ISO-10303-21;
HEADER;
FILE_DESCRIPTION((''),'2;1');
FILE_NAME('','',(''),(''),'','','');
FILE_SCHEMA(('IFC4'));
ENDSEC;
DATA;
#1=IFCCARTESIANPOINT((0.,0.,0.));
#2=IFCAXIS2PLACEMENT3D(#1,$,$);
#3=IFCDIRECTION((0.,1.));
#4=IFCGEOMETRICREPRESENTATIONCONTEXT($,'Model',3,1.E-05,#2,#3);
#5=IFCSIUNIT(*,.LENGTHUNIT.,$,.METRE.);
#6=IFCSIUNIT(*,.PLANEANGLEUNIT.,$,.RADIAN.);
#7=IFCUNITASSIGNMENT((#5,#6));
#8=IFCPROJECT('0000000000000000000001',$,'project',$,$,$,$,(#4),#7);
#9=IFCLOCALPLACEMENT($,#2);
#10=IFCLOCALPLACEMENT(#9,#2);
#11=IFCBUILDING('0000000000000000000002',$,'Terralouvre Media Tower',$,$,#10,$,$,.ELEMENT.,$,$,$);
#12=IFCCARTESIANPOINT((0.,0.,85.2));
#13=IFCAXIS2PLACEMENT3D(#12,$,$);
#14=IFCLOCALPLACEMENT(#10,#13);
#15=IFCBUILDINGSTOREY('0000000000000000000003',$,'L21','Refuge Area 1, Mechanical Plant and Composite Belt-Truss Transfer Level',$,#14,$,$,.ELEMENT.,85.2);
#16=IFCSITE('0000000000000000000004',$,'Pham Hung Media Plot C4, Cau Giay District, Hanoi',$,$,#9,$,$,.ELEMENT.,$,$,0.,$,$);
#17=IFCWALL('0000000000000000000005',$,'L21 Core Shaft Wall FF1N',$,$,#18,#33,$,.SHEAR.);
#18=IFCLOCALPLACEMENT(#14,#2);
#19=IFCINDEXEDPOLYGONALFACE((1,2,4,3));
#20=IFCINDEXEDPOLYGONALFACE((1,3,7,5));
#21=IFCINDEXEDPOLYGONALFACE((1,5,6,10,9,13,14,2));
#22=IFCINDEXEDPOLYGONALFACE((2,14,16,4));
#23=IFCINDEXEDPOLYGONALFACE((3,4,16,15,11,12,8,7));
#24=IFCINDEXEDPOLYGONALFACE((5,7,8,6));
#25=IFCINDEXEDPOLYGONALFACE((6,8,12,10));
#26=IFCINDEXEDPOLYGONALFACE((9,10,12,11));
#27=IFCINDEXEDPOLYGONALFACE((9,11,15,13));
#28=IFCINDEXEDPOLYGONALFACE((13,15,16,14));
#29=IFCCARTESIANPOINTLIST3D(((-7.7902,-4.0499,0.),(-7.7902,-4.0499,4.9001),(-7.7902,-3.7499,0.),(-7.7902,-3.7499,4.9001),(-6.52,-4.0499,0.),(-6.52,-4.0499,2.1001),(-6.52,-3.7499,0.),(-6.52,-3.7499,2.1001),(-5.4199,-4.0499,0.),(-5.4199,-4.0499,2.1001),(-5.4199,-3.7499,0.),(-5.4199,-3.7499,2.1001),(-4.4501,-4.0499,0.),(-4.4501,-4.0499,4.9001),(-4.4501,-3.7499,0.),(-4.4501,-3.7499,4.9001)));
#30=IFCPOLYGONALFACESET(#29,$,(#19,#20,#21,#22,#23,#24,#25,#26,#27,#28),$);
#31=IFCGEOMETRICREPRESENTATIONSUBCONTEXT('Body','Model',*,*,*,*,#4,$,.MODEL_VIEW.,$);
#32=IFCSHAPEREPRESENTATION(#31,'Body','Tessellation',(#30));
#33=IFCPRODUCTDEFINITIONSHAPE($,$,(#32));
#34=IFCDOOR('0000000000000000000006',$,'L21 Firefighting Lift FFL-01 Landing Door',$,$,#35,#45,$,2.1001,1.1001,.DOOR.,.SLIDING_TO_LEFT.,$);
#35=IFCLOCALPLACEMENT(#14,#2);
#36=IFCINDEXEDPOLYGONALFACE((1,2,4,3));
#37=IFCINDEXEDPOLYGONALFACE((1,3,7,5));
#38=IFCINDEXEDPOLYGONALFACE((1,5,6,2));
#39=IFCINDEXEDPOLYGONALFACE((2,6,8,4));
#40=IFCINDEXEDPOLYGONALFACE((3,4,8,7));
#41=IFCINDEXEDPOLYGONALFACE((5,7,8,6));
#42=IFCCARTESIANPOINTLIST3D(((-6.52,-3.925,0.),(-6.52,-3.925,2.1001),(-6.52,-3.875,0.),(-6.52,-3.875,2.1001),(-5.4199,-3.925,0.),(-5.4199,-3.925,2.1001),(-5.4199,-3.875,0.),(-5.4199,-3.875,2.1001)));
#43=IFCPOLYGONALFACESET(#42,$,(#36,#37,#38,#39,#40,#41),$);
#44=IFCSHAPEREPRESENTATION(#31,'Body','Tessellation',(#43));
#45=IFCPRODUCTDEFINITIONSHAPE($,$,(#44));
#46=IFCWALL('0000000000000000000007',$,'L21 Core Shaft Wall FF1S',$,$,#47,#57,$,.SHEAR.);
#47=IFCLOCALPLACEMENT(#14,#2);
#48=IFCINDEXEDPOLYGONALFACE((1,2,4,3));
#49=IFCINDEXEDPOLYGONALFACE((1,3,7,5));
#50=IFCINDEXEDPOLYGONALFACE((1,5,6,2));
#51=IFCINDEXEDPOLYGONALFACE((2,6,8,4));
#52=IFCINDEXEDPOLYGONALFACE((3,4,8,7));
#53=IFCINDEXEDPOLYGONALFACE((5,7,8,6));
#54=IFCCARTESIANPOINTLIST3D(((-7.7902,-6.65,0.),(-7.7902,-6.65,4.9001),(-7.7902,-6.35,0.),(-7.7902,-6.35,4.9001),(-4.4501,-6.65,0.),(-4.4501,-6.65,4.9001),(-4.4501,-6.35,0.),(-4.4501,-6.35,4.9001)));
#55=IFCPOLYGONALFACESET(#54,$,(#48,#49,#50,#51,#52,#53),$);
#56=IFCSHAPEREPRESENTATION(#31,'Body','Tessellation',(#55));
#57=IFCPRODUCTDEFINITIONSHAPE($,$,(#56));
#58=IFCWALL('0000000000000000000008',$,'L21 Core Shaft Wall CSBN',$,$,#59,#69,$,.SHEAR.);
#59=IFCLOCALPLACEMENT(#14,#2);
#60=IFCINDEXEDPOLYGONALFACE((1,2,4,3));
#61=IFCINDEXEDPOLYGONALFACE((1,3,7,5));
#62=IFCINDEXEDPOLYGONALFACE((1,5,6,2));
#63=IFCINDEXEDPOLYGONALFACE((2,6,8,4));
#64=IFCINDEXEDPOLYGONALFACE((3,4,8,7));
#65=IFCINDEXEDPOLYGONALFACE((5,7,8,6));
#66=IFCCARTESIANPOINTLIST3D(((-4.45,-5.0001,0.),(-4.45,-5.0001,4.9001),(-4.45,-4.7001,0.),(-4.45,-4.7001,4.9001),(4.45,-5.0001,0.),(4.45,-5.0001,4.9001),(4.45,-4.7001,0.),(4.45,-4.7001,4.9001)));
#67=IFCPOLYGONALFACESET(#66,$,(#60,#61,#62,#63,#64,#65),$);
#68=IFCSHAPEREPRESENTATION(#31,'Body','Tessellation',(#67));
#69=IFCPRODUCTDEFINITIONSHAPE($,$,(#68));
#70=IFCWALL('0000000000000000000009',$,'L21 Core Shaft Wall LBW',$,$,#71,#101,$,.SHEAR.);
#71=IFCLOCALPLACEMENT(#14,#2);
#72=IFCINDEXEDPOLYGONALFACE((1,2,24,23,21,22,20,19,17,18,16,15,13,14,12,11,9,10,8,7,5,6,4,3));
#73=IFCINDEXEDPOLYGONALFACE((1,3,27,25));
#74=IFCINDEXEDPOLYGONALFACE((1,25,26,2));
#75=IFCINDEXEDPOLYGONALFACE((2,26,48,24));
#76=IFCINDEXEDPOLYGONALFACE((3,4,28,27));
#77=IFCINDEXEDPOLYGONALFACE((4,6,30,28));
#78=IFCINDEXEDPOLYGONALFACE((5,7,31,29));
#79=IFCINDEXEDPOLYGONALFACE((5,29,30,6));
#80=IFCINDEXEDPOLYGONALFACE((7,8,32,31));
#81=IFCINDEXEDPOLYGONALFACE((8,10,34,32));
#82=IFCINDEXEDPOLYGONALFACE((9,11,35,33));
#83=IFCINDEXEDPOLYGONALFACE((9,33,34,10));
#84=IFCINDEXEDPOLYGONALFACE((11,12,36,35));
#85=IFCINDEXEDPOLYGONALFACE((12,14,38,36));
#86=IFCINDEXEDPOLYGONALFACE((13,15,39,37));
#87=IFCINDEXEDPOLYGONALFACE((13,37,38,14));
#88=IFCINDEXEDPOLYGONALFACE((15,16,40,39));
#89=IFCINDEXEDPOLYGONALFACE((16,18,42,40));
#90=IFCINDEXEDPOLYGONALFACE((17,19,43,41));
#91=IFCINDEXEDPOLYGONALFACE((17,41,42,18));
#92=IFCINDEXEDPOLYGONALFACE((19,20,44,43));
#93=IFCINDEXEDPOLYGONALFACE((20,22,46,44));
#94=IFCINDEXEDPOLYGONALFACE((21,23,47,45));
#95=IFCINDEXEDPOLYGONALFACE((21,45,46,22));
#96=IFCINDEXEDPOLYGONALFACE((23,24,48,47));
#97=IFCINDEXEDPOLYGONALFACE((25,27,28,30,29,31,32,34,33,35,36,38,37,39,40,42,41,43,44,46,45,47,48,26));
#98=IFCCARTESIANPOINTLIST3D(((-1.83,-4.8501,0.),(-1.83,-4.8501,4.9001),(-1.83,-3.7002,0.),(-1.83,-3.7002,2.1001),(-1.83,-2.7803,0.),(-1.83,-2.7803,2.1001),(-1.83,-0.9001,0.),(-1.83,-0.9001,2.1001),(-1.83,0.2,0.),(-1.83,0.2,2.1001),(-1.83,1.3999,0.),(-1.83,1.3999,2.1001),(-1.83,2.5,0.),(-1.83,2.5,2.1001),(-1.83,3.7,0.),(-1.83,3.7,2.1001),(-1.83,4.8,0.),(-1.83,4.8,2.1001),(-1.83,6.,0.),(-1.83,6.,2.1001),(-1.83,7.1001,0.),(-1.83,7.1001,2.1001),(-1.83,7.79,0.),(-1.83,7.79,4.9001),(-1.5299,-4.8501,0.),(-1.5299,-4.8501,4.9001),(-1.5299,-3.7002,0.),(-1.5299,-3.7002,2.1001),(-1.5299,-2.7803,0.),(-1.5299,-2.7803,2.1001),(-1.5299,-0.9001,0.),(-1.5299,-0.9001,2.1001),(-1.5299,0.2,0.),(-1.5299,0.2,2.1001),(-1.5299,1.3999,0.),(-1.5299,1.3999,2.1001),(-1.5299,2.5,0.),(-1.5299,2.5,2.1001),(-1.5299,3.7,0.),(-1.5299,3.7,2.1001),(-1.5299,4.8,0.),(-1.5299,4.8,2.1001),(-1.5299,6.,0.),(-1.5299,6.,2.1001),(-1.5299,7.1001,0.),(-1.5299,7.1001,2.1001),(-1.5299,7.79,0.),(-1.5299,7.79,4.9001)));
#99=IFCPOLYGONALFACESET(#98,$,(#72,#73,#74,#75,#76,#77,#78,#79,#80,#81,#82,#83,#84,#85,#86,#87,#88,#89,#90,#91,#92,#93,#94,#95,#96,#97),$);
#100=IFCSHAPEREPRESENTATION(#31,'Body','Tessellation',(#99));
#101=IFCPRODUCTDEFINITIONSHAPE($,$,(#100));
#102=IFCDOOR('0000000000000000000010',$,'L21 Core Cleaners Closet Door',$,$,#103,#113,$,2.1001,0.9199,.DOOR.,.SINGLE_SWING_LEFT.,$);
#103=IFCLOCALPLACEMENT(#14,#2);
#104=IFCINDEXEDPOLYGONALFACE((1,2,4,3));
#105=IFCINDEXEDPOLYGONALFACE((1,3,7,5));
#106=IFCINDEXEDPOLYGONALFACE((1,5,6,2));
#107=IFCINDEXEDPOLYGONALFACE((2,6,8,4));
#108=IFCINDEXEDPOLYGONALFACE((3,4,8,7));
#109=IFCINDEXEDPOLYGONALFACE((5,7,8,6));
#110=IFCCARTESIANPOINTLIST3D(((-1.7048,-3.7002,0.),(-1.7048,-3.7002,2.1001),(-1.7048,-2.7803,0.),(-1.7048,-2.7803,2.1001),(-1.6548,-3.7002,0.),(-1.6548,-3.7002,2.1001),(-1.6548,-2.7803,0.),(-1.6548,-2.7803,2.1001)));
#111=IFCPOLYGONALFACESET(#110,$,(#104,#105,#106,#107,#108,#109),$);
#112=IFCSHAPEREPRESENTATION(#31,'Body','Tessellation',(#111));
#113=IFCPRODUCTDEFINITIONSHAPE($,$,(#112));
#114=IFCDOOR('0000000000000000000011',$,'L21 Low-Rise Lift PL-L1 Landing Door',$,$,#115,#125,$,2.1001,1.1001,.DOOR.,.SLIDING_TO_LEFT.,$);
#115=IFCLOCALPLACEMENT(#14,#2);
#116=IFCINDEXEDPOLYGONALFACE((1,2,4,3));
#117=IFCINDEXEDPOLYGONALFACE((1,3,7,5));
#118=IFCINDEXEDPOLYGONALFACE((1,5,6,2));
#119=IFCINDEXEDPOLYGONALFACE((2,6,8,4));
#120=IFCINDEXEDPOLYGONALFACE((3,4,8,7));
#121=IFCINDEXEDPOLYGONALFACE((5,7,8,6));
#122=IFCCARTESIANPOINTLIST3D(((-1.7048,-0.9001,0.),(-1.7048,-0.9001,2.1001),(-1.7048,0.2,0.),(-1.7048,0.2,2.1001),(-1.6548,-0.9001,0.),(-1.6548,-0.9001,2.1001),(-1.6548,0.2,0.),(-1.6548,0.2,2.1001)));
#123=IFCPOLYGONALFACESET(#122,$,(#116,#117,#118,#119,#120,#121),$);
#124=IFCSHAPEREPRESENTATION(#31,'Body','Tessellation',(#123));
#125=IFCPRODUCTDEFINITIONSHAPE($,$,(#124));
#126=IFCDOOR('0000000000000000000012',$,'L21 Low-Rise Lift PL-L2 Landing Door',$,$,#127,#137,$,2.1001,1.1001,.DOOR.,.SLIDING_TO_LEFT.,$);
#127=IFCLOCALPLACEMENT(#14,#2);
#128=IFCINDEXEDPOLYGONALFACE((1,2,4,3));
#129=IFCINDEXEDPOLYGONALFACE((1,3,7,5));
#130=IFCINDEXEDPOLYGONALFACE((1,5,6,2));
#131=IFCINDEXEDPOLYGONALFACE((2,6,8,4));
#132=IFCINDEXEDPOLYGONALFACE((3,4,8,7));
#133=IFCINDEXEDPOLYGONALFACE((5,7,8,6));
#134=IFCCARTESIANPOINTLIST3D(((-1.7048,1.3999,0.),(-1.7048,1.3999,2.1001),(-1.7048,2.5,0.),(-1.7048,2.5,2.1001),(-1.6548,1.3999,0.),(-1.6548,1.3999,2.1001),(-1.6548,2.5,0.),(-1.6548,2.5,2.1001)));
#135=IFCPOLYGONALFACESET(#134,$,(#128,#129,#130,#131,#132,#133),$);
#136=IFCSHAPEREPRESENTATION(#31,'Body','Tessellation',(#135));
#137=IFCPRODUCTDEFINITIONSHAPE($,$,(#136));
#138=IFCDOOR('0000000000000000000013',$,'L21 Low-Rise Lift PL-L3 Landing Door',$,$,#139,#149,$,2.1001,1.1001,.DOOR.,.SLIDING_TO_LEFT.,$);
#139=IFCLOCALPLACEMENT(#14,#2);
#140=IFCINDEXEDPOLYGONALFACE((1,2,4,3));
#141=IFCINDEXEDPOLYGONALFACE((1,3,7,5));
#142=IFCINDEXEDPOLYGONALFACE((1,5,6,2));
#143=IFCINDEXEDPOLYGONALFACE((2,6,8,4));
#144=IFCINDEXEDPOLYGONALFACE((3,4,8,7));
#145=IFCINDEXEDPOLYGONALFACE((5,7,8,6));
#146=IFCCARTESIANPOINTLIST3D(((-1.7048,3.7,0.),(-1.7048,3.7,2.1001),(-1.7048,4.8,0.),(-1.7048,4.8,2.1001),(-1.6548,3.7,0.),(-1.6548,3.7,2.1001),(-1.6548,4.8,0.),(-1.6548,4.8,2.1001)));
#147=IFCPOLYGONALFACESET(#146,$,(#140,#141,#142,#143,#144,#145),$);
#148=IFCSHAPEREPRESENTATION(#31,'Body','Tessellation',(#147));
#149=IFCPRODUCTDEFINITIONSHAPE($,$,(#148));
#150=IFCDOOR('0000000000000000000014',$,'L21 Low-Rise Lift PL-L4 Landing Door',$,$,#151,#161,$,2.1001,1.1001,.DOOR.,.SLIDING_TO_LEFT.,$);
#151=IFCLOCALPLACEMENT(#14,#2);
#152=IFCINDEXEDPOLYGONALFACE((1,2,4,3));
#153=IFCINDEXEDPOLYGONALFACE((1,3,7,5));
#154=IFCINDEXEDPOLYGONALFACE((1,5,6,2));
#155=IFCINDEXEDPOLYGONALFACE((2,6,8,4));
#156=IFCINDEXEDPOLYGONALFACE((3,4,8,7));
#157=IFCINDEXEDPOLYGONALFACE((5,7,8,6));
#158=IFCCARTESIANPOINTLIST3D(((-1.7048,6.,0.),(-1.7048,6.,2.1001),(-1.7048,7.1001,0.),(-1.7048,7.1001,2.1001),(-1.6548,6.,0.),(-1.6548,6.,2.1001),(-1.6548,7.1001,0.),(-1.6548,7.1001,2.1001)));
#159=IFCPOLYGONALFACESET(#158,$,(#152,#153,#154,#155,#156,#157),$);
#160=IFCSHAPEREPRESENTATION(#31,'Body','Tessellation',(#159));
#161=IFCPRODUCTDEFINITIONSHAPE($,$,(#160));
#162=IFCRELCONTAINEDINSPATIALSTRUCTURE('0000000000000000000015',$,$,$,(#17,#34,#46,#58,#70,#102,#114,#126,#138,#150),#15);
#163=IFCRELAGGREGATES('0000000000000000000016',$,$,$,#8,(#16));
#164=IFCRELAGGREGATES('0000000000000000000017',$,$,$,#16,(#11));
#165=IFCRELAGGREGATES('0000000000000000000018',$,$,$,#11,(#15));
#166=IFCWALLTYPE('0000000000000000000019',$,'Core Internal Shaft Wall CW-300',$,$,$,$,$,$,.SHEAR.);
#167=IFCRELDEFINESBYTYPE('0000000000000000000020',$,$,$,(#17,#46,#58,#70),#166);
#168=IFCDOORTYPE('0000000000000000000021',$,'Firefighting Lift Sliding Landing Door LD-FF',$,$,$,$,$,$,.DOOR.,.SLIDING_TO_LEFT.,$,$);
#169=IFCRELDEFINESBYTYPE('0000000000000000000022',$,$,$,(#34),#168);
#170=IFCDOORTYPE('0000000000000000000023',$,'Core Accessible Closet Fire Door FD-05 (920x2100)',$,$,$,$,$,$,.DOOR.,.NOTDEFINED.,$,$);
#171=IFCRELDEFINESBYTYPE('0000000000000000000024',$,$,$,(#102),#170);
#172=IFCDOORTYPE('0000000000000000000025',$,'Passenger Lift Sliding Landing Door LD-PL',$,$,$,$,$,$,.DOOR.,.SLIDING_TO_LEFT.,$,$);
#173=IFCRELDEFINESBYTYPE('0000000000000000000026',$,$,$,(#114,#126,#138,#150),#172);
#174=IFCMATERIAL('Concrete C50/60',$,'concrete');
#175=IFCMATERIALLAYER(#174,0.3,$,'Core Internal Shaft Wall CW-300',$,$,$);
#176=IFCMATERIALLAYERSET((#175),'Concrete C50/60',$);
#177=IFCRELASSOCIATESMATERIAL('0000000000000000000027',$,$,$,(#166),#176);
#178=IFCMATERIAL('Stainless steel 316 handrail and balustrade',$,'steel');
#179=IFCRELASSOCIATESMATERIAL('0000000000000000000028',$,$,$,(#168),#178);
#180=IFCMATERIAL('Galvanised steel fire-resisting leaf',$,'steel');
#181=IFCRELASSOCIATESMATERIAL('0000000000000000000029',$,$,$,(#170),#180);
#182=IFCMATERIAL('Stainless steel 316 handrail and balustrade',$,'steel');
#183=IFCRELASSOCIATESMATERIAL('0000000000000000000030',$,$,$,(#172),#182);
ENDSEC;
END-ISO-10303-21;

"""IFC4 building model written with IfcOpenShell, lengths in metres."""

from ifc_helpers import new_model, si_unit, direction, frame, frame_2d, origin, place, context, subcontext, project, spatial, rectangle, extrude, material, layer, layer_set, type_object, element, fill, save


model = new_model("IFC4")

# Units and contexts
model_context = context("Model", 3, precision=1e-05, world=origin(), true_north=direction((0.0, 1.0)))
body_context = subcontext(model_context, "Body", "Model", "MODEL_VIEW")
ifc_project = project(units=[si_unit("LENGTHUNIT", "METRE"), si_unit("PLANEANGLEUNIT", "RADIAN")], contexts=[model_context])

# Site, building, storey
site_placement = place(None, origin())
site = spatial("IfcSite", under=ifc_project, at=site_placement, Name="Pham Hung Media Plot C4, Cau Giay District, Hanoi", CompositionType="ELEMENT", RefElevation=0.0)
building_placement = place(site_placement, origin())
building = spatial("IfcBuilding", under=site, at=building_placement, Name="Terralouvre Media Tower", CompositionType="ELEMENT")
storey_placement = place(building_placement, frame((0.0, 0.0, 85.2)))
storey = spatial("IfcBuildingStorey", under=building, at=storey_placement, Name="L21", Description="Refuge Area 1, Mechanical Plant and Composite Belt-Truss Transfer Level", CompositionType="ELEMENT", Elevation=85.2)

# Shared definitions
ifc_material_1 = material(Name="Concrete C50/60", Category="concrete")
ifc_layer_1 = layer(ifc_material_1, 0.3, Name="Core Internal Shaft Wall CW-300")
ifc_layer_set_1 = layer_set([ifc_layer_1], Name="Concrete C50/60")
wall_type_1 = type_object("IfcWallType", Name="Core Internal Shaft Wall CW-300", PredefinedType="SHEAR", material=ifc_layer_set_1)

# Wall, opening, door
wall_1_placement = place(storey_placement, frame((-7.79, -3.8999, 0.0), z_axis=(0.0, 0.0, 1.0), x_axis=(1.0, 0.0, 0.0)))
wall_1 = element("IfcWall", 1, at=wall_1_placement, inside=storey, type_object=wall_type_1, Name="L21 Core Shaft Wall FF1N", PredefinedType="SHEAR", context=body_context, shape_type="SweptSolid", body=[
    extrude(rectangle(XDim=3.3401, YDim=0.3, at=frame_2d((1.6699, 0.0))), origin(), (0.0, 0.0, 1.0), 4.9001),
])
opening_1_placement = place(wall_1_placement, frame((1.27, 0.0, 0.0)))
opening_1 = element("IfcOpeningElement", 2, at=opening_1_placement, cuts=wall_1, PredefinedType="OPENING", context=body_context, shape_type="SweptSolid", body=[
    extrude(rectangle(XDim=1.1001, YDim=2.1001, at=frame_2d((0.55, 1.05))), frame((0.0, 0.1599, 0.0), z_axis=(0.0, -1.0, 0.0), x_axis=(1.0, 0.0, 0.0)), (0.0, 0.0, 1.0), 0.3201),
])
ifc_material_2 = material(Name="Stainless steel 316 handrail and balustrade", Category="steel")
door_type_1 = type_object("IfcDoorType", Name="Firefighting Lift Sliding Landing Door LD-FF", OperationType="SLIDING_TO_LEFT", PredefinedType="DOOR", material=ifc_material_2)
door_1_placement = place(opening_1_placement, origin())
door_1 = element("IfcDoor", 3, at=door_1_placement, inside=storey, type_object=door_type_1, Name="L21 Firefighting Lift FFL-01 Landing Door", OperationType="SLIDING_TO_LEFT", OverallHeight=2.1001, OverallWidth=1.1001, PredefinedType="DOOR", context=body_context, shape_type="SweptSolid", body=[
    extrude(rectangle(XDim=1.1001, YDim=2.1001, at=frame_2d((0.55, 1.05))), frame((0.0, 0.0249, 0.0), z_axis=(0.0, -1.0, 0.0), x_axis=(1.0, 0.0, 0.0)), (0.0, 0.0, 1.0), 0.05),
])
fill(opening_1, door_1)

# Walls
wall_2_placement = place(storey_placement, frame((-7.79, -6.5, 0.0), z_axis=(0.0, 0.0, 1.0), x_axis=(1.0, 0.0, 0.0)))
element("IfcWall", 4, at=wall_2_placement, inside=storey, type_object=wall_type_1, Name="L21 Core Shaft Wall FF1S", PredefinedType="SHEAR", context=body_context, shape_type="SweptSolid", body=[
    extrude(rectangle(XDim=3.3401, YDim=0.3, at=frame_2d((1.6699, 0.0))), origin(), (0.0, 0.0, 1.0), 4.9001),
])
wall_3_placement = place(storey_placement, frame((-4.45, -4.8501, 0.0), z_axis=(0.0, 0.0, 1.0), x_axis=(1.0, 0.0, 0.0)))
element("IfcWall", 5, at=wall_3_placement, inside=storey, type_object=wall_type_1, Name="L21 Core Shaft Wall CSBN", PredefinedType="SHEAR", context=body_context, shape_type="SweptSolid", body=[
    extrude(rectangle(XDim=8.8999, YDim=0.3, at=frame_2d((4.45, 0.0))), origin(), (0.0, 0.0, 1.0), 4.9001),
])

# Wall, openings, doors
wall_4_placement = place(storey_placement, frame((-1.6799, -4.8501, 0.0), z_axis=(0.0, 0.0, 1.0), x_axis=(0.0, 1.0, 0.0)))
wall_4 = element("IfcWall", 6, at=wall_4_placement, inside=storey, type_object=wall_type_1, Name="L21 Core Shaft Wall LBW", PredefinedType="SHEAR", context=body_context, shape_type="SweptSolid", body=[
    extrude(rectangle(XDim=12.6401, YDim=0.3, at=frame_2d((6.3201, 0.0))), origin(), (0.0, 0.0, 1.0), 4.9001),
])
opening_2_placement = place(wall_4_placement, frame((3.95, 0.0, 0.0)))
opening_2 = element("IfcOpeningElement", 7, at=opening_2_placement, cuts=wall_4, PredefinedType="OPENING", context=body_context, shape_type="SweptSolid", body=[
    extrude(rectangle(XDim=1.1001, YDim=2.1001, at=frame_2d((0.55, 1.05))), frame((0.0, 0.1599, 0.0), z_axis=(0.0, -1.0, 0.0), x_axis=(1.0, 0.0, 0.0)), (0.0, 0.0, 1.0), 0.3201),
])
opening_3_placement = place(wall_4_placement, frame((6.25, 0.0, 0.0)))
opening_3 = element("IfcOpeningElement", 8, at=opening_3_placement, cuts=wall_4, PredefinedType="OPENING", context=body_context, shape_type="SweptSolid", body=[
    extrude(rectangle(XDim=1.1001, YDim=2.1001, at=frame_2d((0.55, 1.05))), frame((0.0, 0.1599, 0.0), z_axis=(0.0, -1.0, 0.0), x_axis=(1.0, 0.0, 0.0)), (0.0, 0.0, 1.0), 0.3201),
])
opening_4_placement = place(wall_4_placement, frame((8.55, 0.0, 0.0)))
opening_4 = element("IfcOpeningElement", 9, at=opening_4_placement, cuts=wall_4, PredefinedType="OPENING", context=body_context, shape_type="SweptSolid", body=[
    extrude(rectangle(XDim=1.1001, YDim=2.1001, at=frame_2d((0.55, 1.05))), frame((0.0, 0.1599, 0.0), z_axis=(0.0, -1.0, 0.0), x_axis=(1.0, 0.0, 0.0)), (0.0, 0.0, 1.0), 0.3201),
])
opening_5_placement = place(wall_4_placement, frame((10.8501, 0.0, 0.0)))
opening_5 = element("IfcOpeningElement", 10, at=opening_5_placement, cuts=wall_4, PredefinedType="OPENING", context=body_context, shape_type="SweptSolid", body=[
    extrude(rectangle(XDim=1.1001, YDim=2.1001, at=frame_2d((0.55, 1.05))), frame((0.0, 0.1599, 0.0), z_axis=(0.0, -1.0, 0.0), x_axis=(1.0, 0.0, 0.0)), (0.0, 0.0, 1.0), 0.3201),
])
opening_6_placement = place(wall_4_placement, frame((1.1499, 0.0, 0.0)))
opening_6 = element("IfcOpeningElement", 11, at=opening_6_placement, cuts=wall_4, PredefinedType="OPENING", context=body_context, shape_type="SweptSolid", body=[
    extrude(rectangle(XDim=0.9199, YDim=2.1001, at=frame_2d((0.46, 1.05))), frame((0.0, 0.1599, 0.0), z_axis=(0.0, -1.0, 0.0), x_axis=(1.0, 0.0, 0.0)), (0.0, 0.0, 1.0), 0.3201),
])
ifc_material_3 = material(Name="Galvanised steel fire-resisting leaf", Category="steel")
door_type_2 = type_object("IfcDoorType", Name="Core Accessible Closet Fire Door FD-05 (920x2100)", OperationType="NOTDEFINED", PredefinedType="DOOR", material=ifc_material_3)
door_2_placement = place(opening_6_placement, origin())
door_2 = element("IfcDoor", 12, at=door_2_placement, inside=storey, type_object=door_type_2, Name="L21 Core Cleaners Closet Door", OperationType="SINGLE_SWING_LEFT", OverallHeight=2.1001, OverallWidth=0.9199, PredefinedType="DOOR", context=body_context, shape_type="SweptSolid", body=[
    extrude(rectangle(XDim=0.9199, YDim=2.1001, at=frame_2d((0.46, 1.05))), frame((0.0, 0.0249, 0.0), z_axis=(0.0, -1.0, 0.0), x_axis=(1.0, 0.0, 0.0)), (0.0, 0.0, 1.0), 0.05),
])
fill(opening_6, door_2)
ifc_material_4 = material(Name="Stainless steel 316 handrail and balustrade", Category="steel")
door_type_3 = type_object("IfcDoorType", Name="Passenger Lift Sliding Landing Door LD-PL", OperationType="SLIDING_TO_LEFT", PredefinedType="DOOR", material=ifc_material_4)
door_3_placement = place(opening_2_placement, origin())
door_3 = element("IfcDoor", 13, at=door_3_placement, inside=storey, type_object=door_type_3, Name="L21 Low-Rise Lift PL-L1 Landing Door", OperationType="SLIDING_TO_LEFT", OverallHeight=2.1001, OverallWidth=1.1001, PredefinedType="DOOR", context=body_context, shape_type="SweptSolid", body=[
    extrude(rectangle(XDim=1.1001, YDim=2.1001, at=frame_2d((0.55, 1.05))), frame((0.0, 0.0249, 0.0), z_axis=(0.0, -1.0, 0.0), x_axis=(1.0, 0.0, 0.0)), (0.0, 0.0, 1.0), 0.05),
])
fill(opening_2, door_3)
door_4_placement = place(opening_3_placement, origin())
door_4 = element("IfcDoor", 14, at=door_4_placement, inside=storey, type_object=door_type_3, Name="L21 Low-Rise Lift PL-L2 Landing Door", OperationType="SLIDING_TO_LEFT", OverallHeight=2.1001, OverallWidth=1.1001, PredefinedType="DOOR", context=body_context, shape_type="SweptSolid", body=[
    extrude(rectangle(XDim=1.1001, YDim=2.1001, at=frame_2d((0.55, 1.05))), frame((0.0, 0.0249, 0.0), z_axis=(0.0, -1.0, 0.0), x_axis=(1.0, 0.0, 0.0)), (0.0, 0.0, 1.0), 0.05),
])
fill(opening_3, door_4)
door_5_placement = place(opening_4_placement, origin())
door_5 = element("IfcDoor", 15, at=door_5_placement, inside=storey, type_object=door_type_3, Name="L21 Low-Rise Lift PL-L3 Landing Door", OperationType="SLIDING_TO_LEFT", OverallHeight=2.1001, OverallWidth=1.1001, PredefinedType="DOOR", context=body_context, shape_type="SweptSolid", body=[
    extrude(rectangle(XDim=1.1001, YDim=2.1001, at=frame_2d((0.55, 1.05))), frame((0.0, 0.0249, 0.0), z_axis=(0.0, -1.0, 0.0), x_axis=(1.0, 0.0, 0.0)), (0.0, 0.0, 1.0), 0.05),
])
fill(opening_4, door_5)
door_6_placement = place(opening_5_placement, origin())
door_6 = element("IfcDoor", 16, at=door_6_placement, inside=storey, type_object=door_type_3, Name="L21 Low-Rise Lift PL-L4 Landing Door", OperationType="SLIDING_TO_LEFT", OverallHeight=2.1001, OverallWidth=1.1001, PredefinedType="DOOR", context=body_context, shape_type="SweptSolid", body=[
    extrude(rectangle(XDim=1.1001, YDim=2.1001, at=frame_2d((0.55, 1.05))), frame((0.0, 0.0249, 0.0), z_axis=(0.0, -1.0, 0.0), x_axis=(1.0, 0.0, 0.0)), (0.0, 0.0, 1.0), 0.05),
])
fill(opening_5, door_6)

save(model, "model.ifc")
